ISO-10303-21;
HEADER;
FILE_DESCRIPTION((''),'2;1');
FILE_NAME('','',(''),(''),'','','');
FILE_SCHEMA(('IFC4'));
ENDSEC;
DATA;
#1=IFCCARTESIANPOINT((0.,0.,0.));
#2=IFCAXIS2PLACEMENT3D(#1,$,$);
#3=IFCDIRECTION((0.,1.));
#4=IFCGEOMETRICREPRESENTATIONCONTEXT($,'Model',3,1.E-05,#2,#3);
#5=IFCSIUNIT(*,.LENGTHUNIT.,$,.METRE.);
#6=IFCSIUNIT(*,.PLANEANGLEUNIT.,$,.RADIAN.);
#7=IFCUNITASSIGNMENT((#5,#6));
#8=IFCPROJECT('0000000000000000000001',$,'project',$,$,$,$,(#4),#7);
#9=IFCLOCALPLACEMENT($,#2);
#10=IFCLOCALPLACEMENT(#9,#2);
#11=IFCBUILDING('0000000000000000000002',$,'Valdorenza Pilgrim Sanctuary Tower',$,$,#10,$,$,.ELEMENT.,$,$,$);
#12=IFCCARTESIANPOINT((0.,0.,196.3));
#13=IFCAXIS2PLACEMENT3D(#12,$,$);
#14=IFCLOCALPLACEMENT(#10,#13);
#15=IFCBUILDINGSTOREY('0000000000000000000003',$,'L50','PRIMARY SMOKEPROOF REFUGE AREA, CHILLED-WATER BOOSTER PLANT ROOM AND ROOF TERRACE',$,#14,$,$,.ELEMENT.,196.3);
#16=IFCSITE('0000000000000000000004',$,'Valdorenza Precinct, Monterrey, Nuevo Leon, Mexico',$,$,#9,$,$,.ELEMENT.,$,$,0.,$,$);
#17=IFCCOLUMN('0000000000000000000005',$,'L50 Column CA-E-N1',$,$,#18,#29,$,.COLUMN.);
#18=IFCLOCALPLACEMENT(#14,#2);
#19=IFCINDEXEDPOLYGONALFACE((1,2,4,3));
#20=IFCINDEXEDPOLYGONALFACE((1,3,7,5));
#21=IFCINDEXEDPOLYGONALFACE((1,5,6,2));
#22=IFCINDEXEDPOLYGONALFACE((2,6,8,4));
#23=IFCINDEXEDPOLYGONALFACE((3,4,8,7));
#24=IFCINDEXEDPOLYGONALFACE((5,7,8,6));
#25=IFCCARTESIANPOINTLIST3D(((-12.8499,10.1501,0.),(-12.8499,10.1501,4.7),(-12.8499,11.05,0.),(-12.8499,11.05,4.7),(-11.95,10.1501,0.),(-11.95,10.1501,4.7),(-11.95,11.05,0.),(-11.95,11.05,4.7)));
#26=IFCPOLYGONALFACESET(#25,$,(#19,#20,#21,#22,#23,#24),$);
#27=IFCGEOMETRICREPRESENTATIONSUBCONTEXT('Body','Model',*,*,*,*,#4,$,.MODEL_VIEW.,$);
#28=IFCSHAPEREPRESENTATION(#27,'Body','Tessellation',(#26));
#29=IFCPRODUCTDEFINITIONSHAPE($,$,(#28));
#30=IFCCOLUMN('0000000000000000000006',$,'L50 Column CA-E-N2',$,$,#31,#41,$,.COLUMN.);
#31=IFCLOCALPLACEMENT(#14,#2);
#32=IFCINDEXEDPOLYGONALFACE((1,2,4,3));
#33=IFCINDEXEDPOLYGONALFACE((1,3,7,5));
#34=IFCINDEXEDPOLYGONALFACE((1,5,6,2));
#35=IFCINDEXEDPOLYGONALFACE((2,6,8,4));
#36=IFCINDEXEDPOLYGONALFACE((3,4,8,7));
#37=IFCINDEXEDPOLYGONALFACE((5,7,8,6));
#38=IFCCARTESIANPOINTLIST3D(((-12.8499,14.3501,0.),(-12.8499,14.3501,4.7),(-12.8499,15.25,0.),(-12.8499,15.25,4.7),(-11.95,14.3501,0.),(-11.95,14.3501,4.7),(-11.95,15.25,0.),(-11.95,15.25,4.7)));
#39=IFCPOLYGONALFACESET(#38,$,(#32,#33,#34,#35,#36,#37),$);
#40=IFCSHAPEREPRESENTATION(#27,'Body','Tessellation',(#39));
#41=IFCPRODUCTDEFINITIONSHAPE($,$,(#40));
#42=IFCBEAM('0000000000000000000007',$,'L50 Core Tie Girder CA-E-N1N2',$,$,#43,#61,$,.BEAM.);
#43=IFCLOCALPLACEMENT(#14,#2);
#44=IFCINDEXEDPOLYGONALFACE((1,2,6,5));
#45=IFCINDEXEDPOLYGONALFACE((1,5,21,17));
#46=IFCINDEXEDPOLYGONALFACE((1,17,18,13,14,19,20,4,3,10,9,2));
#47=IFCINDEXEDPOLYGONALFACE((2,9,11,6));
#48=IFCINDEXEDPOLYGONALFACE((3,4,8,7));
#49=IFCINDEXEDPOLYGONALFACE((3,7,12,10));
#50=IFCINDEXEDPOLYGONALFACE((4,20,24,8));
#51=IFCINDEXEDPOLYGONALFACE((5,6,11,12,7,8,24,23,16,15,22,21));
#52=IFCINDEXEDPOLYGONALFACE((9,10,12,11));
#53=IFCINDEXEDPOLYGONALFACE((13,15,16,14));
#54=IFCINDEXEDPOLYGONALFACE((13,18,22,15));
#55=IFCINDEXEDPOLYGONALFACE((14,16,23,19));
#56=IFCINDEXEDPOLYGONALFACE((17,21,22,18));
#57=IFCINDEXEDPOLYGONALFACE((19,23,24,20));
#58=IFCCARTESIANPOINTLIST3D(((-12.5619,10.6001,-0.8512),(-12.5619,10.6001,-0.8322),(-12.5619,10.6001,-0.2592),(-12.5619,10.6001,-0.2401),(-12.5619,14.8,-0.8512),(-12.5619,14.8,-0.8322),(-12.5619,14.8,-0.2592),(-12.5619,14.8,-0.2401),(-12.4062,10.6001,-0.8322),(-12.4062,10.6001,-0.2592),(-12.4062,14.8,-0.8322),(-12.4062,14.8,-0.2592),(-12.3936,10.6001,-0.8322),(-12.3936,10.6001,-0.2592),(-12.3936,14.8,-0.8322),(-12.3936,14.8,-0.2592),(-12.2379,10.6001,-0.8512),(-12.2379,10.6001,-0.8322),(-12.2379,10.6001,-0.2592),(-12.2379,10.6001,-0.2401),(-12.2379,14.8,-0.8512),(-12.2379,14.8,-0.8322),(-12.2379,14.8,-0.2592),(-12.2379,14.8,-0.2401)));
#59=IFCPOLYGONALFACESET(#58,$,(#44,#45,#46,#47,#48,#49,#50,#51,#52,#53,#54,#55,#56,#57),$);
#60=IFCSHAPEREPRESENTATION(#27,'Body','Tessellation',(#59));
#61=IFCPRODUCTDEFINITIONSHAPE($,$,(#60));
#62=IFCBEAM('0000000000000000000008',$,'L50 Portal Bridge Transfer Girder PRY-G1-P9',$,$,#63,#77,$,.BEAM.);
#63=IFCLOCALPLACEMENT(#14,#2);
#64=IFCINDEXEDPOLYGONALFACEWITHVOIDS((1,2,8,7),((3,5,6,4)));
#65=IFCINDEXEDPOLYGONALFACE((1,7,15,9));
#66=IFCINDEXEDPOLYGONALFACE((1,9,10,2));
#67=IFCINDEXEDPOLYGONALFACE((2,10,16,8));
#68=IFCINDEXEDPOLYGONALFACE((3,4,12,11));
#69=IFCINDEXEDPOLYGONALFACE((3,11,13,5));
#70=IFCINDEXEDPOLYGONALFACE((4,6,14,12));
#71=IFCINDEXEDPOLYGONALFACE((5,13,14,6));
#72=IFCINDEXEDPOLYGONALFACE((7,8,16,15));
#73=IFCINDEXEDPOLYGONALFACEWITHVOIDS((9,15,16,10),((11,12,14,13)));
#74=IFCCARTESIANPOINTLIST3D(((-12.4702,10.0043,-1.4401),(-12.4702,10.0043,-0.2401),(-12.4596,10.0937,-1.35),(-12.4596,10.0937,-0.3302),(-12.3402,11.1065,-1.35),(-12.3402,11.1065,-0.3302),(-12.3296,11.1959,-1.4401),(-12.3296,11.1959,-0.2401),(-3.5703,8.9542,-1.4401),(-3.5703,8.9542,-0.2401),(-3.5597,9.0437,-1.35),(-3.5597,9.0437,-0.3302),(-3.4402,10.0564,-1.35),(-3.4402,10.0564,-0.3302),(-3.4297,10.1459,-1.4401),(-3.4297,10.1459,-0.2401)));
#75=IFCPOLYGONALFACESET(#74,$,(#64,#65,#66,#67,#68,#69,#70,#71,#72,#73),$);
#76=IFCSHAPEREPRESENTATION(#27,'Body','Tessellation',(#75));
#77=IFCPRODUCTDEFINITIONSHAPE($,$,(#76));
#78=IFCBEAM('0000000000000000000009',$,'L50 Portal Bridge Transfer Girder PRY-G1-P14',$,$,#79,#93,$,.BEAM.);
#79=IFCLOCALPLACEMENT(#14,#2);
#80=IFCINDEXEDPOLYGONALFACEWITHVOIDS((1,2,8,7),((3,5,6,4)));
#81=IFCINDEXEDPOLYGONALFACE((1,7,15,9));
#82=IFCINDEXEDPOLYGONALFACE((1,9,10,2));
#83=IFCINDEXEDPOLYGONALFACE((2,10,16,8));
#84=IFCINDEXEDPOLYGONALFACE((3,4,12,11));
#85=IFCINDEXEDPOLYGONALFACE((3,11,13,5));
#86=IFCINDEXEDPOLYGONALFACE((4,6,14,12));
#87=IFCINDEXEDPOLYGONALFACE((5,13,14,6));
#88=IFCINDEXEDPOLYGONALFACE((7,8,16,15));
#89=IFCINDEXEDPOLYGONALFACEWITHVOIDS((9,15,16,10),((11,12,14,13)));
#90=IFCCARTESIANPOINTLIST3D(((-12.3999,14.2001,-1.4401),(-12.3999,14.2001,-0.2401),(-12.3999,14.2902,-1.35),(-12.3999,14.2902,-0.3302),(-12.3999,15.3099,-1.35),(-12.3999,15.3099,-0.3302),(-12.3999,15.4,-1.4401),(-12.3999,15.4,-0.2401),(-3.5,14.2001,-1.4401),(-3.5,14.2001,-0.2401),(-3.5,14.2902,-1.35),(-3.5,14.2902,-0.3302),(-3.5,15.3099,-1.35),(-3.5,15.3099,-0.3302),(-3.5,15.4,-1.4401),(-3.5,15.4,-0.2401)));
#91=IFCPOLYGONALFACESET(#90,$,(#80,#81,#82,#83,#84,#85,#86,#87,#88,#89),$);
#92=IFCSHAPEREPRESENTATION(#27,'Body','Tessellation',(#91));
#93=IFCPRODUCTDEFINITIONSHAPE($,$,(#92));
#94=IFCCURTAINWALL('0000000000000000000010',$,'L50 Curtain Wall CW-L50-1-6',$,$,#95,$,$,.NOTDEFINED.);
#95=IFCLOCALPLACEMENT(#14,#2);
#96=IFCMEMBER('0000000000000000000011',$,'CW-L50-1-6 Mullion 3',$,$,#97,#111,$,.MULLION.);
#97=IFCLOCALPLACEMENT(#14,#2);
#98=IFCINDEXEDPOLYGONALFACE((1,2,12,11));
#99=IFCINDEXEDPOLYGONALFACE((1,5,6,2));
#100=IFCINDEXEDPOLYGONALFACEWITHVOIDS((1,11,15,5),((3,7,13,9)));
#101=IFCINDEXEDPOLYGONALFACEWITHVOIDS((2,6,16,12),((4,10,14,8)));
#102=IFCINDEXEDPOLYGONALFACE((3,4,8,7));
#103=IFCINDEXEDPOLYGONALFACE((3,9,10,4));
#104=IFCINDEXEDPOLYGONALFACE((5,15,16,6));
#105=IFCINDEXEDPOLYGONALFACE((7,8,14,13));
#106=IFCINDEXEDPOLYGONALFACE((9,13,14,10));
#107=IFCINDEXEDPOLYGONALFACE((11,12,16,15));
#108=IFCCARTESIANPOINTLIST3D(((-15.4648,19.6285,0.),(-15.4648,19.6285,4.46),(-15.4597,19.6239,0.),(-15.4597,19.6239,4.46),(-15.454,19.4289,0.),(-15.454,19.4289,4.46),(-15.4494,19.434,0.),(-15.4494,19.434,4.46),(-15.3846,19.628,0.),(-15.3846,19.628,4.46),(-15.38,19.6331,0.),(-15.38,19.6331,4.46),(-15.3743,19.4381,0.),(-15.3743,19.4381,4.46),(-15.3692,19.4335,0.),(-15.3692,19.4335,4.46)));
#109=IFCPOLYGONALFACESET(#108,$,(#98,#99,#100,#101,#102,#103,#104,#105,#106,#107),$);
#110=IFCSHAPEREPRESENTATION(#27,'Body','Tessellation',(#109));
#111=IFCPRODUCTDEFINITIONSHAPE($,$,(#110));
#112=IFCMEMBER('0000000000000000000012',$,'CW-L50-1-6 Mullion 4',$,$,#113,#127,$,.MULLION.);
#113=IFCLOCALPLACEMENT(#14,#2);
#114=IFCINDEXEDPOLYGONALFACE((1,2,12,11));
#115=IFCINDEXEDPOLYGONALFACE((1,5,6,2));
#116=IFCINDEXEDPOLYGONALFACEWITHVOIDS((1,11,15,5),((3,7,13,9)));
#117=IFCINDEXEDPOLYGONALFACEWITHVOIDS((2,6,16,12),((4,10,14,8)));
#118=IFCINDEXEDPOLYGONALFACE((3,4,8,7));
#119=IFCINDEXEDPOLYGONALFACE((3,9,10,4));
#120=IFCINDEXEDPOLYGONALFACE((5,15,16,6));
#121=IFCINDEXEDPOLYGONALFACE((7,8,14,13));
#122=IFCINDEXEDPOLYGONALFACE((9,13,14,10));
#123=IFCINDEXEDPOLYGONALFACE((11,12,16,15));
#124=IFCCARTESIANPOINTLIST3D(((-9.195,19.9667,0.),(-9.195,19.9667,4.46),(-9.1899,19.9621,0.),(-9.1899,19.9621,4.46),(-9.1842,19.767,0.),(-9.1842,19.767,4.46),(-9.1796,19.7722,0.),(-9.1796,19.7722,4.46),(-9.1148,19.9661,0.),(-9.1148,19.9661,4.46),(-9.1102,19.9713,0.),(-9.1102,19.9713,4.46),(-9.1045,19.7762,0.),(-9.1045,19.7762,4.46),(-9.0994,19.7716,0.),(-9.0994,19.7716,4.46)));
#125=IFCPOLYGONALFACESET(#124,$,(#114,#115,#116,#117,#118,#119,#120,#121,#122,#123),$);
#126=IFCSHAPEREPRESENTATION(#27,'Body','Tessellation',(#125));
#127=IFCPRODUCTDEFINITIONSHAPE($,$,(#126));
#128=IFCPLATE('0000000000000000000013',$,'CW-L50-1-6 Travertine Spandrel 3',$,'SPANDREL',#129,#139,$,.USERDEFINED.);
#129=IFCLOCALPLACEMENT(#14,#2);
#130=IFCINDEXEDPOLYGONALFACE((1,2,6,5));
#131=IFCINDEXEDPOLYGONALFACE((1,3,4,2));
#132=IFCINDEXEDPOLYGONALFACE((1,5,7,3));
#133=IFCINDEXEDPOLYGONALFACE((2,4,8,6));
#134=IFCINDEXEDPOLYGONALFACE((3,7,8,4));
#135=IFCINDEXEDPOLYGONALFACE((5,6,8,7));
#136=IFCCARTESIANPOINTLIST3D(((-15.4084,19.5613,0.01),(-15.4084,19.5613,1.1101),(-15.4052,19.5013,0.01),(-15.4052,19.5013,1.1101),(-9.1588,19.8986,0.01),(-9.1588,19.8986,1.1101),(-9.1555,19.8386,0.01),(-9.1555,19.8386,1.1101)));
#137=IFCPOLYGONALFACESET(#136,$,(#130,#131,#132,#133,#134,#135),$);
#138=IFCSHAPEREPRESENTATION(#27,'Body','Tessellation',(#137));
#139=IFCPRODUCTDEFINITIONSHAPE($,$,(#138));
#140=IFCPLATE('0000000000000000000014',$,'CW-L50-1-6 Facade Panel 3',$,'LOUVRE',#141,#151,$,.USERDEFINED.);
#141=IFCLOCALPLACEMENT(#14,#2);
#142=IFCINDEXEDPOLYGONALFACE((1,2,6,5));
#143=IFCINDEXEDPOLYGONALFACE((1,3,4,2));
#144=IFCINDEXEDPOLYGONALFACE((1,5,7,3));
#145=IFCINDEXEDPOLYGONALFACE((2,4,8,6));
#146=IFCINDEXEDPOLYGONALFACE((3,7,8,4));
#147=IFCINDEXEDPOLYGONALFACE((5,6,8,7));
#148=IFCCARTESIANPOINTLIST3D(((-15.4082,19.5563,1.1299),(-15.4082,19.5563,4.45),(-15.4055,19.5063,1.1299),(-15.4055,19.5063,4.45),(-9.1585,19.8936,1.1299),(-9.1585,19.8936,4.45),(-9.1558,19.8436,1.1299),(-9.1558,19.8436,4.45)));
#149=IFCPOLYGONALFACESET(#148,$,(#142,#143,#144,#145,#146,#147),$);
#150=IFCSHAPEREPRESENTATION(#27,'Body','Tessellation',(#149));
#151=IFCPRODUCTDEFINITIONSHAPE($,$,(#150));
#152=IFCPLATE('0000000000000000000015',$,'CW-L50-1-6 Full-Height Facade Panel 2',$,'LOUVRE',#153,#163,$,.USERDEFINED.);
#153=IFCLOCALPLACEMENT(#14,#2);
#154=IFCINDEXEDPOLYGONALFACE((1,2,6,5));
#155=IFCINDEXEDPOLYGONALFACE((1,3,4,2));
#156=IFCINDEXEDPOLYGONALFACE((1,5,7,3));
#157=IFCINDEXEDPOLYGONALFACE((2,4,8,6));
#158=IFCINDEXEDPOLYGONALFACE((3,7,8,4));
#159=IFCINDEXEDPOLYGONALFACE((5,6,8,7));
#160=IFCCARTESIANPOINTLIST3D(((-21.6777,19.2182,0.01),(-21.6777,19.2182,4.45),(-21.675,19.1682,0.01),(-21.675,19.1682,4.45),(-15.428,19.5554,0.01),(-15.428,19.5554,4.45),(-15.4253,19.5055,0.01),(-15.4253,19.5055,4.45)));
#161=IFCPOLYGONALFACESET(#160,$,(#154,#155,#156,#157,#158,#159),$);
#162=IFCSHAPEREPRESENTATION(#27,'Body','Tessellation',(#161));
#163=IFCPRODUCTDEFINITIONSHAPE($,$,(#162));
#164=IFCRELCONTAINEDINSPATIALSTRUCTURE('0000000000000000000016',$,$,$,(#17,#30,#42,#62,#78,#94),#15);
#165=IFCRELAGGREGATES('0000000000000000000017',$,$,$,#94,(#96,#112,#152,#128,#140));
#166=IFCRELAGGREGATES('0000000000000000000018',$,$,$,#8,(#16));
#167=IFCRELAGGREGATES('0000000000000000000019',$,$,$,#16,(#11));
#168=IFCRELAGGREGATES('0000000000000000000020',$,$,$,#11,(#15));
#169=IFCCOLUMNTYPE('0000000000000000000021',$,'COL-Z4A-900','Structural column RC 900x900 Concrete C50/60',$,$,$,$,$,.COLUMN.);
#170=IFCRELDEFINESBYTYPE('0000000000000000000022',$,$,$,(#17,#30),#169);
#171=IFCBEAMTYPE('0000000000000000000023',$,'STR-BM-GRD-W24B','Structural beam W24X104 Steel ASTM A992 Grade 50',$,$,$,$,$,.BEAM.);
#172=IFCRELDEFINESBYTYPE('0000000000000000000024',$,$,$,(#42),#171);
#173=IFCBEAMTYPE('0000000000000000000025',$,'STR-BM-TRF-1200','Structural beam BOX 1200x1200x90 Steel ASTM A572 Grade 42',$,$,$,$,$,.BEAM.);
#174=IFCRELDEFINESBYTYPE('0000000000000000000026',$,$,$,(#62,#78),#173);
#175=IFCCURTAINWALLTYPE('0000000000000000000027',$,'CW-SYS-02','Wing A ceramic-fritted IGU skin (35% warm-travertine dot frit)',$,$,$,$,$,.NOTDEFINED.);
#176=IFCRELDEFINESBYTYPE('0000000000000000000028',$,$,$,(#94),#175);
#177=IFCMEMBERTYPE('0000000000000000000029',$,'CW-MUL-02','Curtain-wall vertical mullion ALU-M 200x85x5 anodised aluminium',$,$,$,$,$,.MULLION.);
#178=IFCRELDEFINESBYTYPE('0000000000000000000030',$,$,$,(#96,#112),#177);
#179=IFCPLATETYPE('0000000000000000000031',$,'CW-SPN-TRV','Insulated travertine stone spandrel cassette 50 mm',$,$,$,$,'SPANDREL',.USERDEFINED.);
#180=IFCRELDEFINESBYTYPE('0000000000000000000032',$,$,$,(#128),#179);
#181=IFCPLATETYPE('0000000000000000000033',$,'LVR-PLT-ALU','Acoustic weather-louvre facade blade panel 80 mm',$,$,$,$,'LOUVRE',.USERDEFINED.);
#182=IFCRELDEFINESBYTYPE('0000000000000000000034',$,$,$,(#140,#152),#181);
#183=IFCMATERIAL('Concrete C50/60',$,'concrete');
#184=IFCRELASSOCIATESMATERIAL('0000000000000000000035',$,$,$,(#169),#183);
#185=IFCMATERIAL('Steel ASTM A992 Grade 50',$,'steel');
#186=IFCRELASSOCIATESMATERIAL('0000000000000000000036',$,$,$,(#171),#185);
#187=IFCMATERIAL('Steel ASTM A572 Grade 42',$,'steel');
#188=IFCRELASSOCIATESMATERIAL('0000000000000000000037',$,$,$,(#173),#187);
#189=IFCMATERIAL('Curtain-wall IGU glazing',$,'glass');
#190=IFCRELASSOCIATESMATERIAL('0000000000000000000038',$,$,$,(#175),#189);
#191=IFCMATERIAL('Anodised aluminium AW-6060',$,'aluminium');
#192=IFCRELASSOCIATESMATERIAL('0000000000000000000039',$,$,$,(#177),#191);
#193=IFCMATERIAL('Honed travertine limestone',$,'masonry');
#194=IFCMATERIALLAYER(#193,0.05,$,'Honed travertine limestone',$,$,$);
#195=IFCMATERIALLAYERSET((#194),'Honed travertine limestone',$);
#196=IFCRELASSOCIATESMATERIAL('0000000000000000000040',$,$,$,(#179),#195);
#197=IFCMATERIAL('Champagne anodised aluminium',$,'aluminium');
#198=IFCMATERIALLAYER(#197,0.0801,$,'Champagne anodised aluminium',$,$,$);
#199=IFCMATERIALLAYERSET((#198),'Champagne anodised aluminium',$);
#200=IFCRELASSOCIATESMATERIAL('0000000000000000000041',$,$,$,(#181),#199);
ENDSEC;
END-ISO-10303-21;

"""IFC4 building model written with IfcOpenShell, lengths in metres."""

from ifc_helpers import new_model, si_unit, direction, frame, origin, origin_2d, place, context, subcontext, project, spatial, rectangle, hollow_rectangle, i_section, extrude, source, transform, mapped, material, layer, layer_set, material_profile, profile_set, type_object, element, aggregate, save


model = new_model("IFC4")

# Units and contexts
model_context = context("Model", 3, precision=1e-05, world=origin(), true_north=direction((0.0, 1.0)))
body_context = subcontext(model_context, "Body", "Model", "MODEL_VIEW")
ifc_project = project(units=[si_unit("LENGTHUNIT", "METRE"), si_unit("PLANEANGLEUNIT", "RADIAN")], contexts=[model_context])

# Site, building, storey
site_placement = place(None, origin())
site = spatial("IfcSite", under=ifc_project, at=site_placement, Name="Valdorenza Precinct, Monterrey, Nuevo Leon, Mexico", CompositionType="ELEMENT", RefElevation=0.0)
building_placement = place(site_placement, origin())
building = spatial("IfcBuilding", under=site, at=building_placement, Name="Valdorenza Pilgrim Sanctuary Tower", CompositionType="ELEMENT")
storey_placement = place(building_placement, frame((0.0, 0.0, 196.3)))
storey = spatial("IfcBuildingStorey", under=building, at=storey_placement, Name="L50", Description="PRIMARY SMOKEPROOF REFUGE AREA, CHILLED-WATER BOOSTER PLANT ROOM AND ROOF TERRACE", CompositionType="ELEMENT", Elevation=196.3)

# Columns
ifc_material_1 = material(Name="Concrete C50/60", Category="concrete")
ifc_material_profile_1 = material_profile(ifc_material_1, rectangle(XDim=0.8999, YDim=0.8999, at=origin_2d()), Name="RC 900x900")
ifc_profile_set_1 = profile_set([ifc_material_profile_1], Name="Concrete C50/60")
column_type = type_object("IfcColumnType", Name="COL-Z4A-900", Description="Structural column RC 900x900 Concrete C50/60", PredefinedType="COLUMN", material=ifc_profile_set_1)
shared_shape_1 = source(origin(), body_context, "Body", "SweptSolid", [
    extrude(rectangle(XDim=0.8999, YDim=0.8999, at=origin_2d()), origin(), (0.0, 0.0, 1.0), 4.7),
])
for number, where, z_axis, x_axis, name in (
    (1, (-12.3999, 10.6001, 0.0), (0.0, 0.0, 1.0), (1.0, 0.0, 0.0), "L50 Column CA-E-N1"),
    (2, (-12.3999, 14.8, 0.0), (0.0, 0.0, 1.0), (1.0, 0.0, 0.0), "L50 Column CA-E-N2"),
):
    element("IfcColumn", number, at=place(storey_placement, frame(where, z_axis=z_axis, x_axis=x_axis)), inside=storey, type_object=column_type, Name=name, PredefinedType="COLUMN", context=body_context, shape_type="MappedRepresentation", body=[
        mapped(shared_shape_1, transform((0.0, 0.0, 0.0), x_axis=(1.0, 0.0, 0.0), y_axis=(0.0, 1.0, 0.0), z_axis=(0.0, 0.0, 1.0), scale=1.0)),
    ])

# Beams
ifc_material_2 = material(Name="Steel ASTM A992 Grade 50", Category="steel")
ifc_material_profile_2 = material_profile(ifc_material_2, i_section(OverallWidth=0.324, OverallDepth=0.6111, WebThickness=0.0127, FlangeThickness=0.019, at=origin_2d()), Name="W24X104")
ifc_profile_set_2 = profile_set([ifc_material_profile_2], Name="Steel ASTM A992 Grade 50")
beam_type_1 = type_object("IfcBeamType", Name="STR-BM-GRD-W24B", Description="Structural beam W24X104 Steel ASTM A992 Grade 50", PredefinedType="BEAM", material=ifc_profile_set_2)
shared_shape_2 = source(origin(), body_context, "Body", "SweptSolid", [
    extrude(i_section(OverallWidth=0.324, OverallDepth=0.6111, WebThickness=0.0127, FlangeThickness=0.019, at=origin_2d()), origin(), (0.0, 0.0, 1.0), 4.2),
])
beam_1_placement = place(storey_placement, frame((-12.3999, 10.6001, -0.5457), z_axis=(0.0, 1.0, 0.0), x_axis=(-1.0, 0.0, 0.0)))
element("IfcBeam", 3, at=beam_1_placement, inside=storey, type_object=beam_type_1, Name="L50 Core Tie Girder CA-E-N1N2", PredefinedType="BEAM", context=body_context, shape_type="MappedRepresentation", body=[
    mapped(shared_shape_2, transform((0.0, 0.0, 0.0), x_axis=(1.0, 0.0, 0.0), y_axis=(0.0, 1.0, 0.0), z_axis=(0.0, 0.0, 1.0), scale=1.0)),
])
ifc_material_3 = material(Name="Steel ASTM A572 Grade 42", Category="steel")
ifc_material_profile_3 = material_profile(ifc_material_3, hollow_rectangle(XDim=1.2, YDim=1.2, WallThickness=0.0901, at=origin_2d()), Name="BOX 1200x1200x90")
ifc_profile_set_3 = profile_set([ifc_material_profile_3], Name="Steel ASTM A572 Grade 42")
beam_type_2 = type_object("IfcBeamType", Name="STR-BM-TRF-1200", Description="Structural beam BOX 1200x1200x90 Steel ASTM A572 Grade 42", PredefinedType="BEAM", material=ifc_profile_set_3)
shared_shape_3 = source(origin(), body_context, "Body", "SweptSolid", [
    extrude(hollow_rectangle(XDim=1.2, YDim=1.2, WallThickness=0.0901, at=origin_2d()), origin(), (0.0, 0.0, 1.0), 8.9617),
])
beam_2_placement = place(storey_placement, frame((-12.3999, 10.6001, -0.8401), z_axis=(0.993112, -0.117172, 0.0), x_axis=(0.117172, 0.993112, 0.0)))
element("IfcBeam", 4, at=beam_2_placement, inside=storey, type_object=beam_type_2, Name="L50 Portal Bridge Transfer Girder PRY-G1-P9", PredefinedType="BEAM", context=body_context, shape_type="MappedRepresentation", body=[
    mapped(shared_shape_3, transform((0.0, 0.0, 0.0), x_axis=(1.0, 0.0, 0.0), y_axis=(0.0, 1.0, 0.0), z_axis=(0.0, 0.0, 1.0), scale=1.0)),
])
shared_shape_4 = source(origin(), body_context, "Body", "SweptSolid", [
    extrude(hollow_rectangle(XDim=1.2, YDim=1.2, WallThickness=0.0901, at=origin_2d()), origin(), (0.0, 0.0, 1.0), 8.8999),
])
beam_3_placement = place(storey_placement, frame((-12.3999, 14.8, -0.8401), z_axis=(1.0, 0.0, 0.0), x_axis=(0.0, 1.0, 0.0)))
element("IfcBeam", 5, at=beam_3_placement, inside=storey, type_object=beam_type_2, Name="L50 Portal Bridge Transfer Girder PRY-G1-P14", PredefinedType="BEAM", context=body_context, shape_type="MappedRepresentation", body=[
    mapped(shared_shape_4, transform((0.0, 0.0, 0.0), x_axis=(1.0, 0.0, 0.0), y_axis=(0.0, 1.0, 0.0), z_axis=(0.0, 0.0, 1.0), scale=1.0)),
])

# Curtain wall, members, plates
ifc_material_4 = material(Name="Curtain-wall IGU glazing", Category="glass")
curtain_wall_type = type_object("IfcCurtainWallType", Name="CW-SYS-02", Description="Wing A ceramic-fritted IGU skin (35% warm-travertine dot frit)", PredefinedType="NOTDEFINED", material=ifc_material_4)
curtain_wall_placement = place(storey_placement, origin())
curtain_wall = element("IfcCurtainWall", 6, at=curtain_wall_placement, inside=storey, type_object=curtain_wall_type, Name="L50 Curtain Wall CW-L50-1-6", PredefinedType="NOTDEFINED")
ifc_material_5 = material(Name="Anodised aluminium AW-6060", Category="aluminium")
ifc_material_profile_4 = material_profile(ifc_material_5, hollow_rectangle(XDim=0.085, YDim=0.2, WallThickness=0.0049, at=origin_2d()), Name="ALU-M 200x85x5")
ifc_profile_set_4 = profile_set([ifc_material_profile_4], Name="Anodised aluminium AW-6060")
member_type = type_object("IfcMemberType", Name="CW-MUL-02", Description="Curtain-wall vertical mullion ALU-M 200x85x5 anodised aluminium", PredefinedType="MULLION", material=ifc_profile_set_4)
shared_shape_5 = source(origin(), body_context, "Body", "SweptSolid", [
    extrude(hollow_rectangle(XDim=0.085, YDim=0.2, WallThickness=0.0049, at=origin_2d()), origin(), (0.0, 0.0, 1.0), 4.46),
])
member_1_placement = place(storey_placement, frame((-15.417, 19.531, 0.0), z_axis=(0.0, 0.0, 1.0), x_axis=(0.998547, 0.053887, 0.0)))
member_1 = element("IfcMember", 7, at=member_1_placement, type_object=member_type, Name="CW-L50-1-6 Mullion 3", PredefinedType="MULLION", context=body_context, shape_type="MappedRepresentation", body=[
    mapped(shared_shape_5, transform((0.0, 0.0, 0.0), x_axis=(1.0, 0.0, 0.0), y_axis=(0.0, 1.0, 0.0), z_axis=(0.0, 0.0, 1.0), scale=1.0)),
])
member_2_placement = place(storey_placement, frame((-9.1472, 19.8691, 0.0), z_axis=(0.0, 0.0, 1.0), x_axis=(0.998547, 0.053887, 0.0)))
member_2 = element("IfcMember", 8, at=member_2_placement, type_object=member_type, Name="CW-L50-1-6 Mullion 4", PredefinedType="MULLION", context=body_context, shape_type="MappedRepresentation", body=[
    mapped(shared_shape_5, transform((0.0, 0.0, 0.0), x_axis=(1.0, 0.0, 0.0), y_axis=(0.0, 1.0, 0.0), z_axis=(0.0, 0.0, 1.0), scale=1.0)),
])
ifc_material_6 = material(Name="Honed travertine limestone", Category="masonry")
ifc_layer_1 = layer(ifc_material_6, 0.05, Name="Honed travertine limestone")
ifc_layer_set_1 = layer_set([ifc_layer_1], Name="Honed travertine limestone")
plate_type_1 = type_object("IfcPlateType", Name="CW-SPN-TRV", Description="Insulated travertine stone spandrel cassette 50 mm", ElementType="SPANDREL", PredefinedType="USERDEFINED", material=ifc_layer_set_1)
shared_shape_6 = source(origin(), body_context, "Body", "SweptSolid", [
    extrude(rectangle(XDim=6.2588, YDim=0.0601, at=origin_2d()), origin(), (0.0, 0.0, 1.0), 1.1001),
])
plate_1_placement = place(storey_placement, frame((-12.282, 19.7, 0.01), z_axis=(0.0, 0.0, 1.0), x_axis=(0.998547, 0.053887, 0.0)))
plate_1 = element("IfcPlate", 9, at=plate_1_placement, type_object=plate_type_1, Name="CW-L50-1-6 Travertine Spandrel 3", ObjectType="SPANDREL", PredefinedType="USERDEFINED", context=body_context, shape_type="MappedRepresentation", body=[
    mapped(shared_shape_6, transform((0.0, 0.0, 0.0), x_axis=(1.0, 0.0, 0.0), y_axis=(0.0, 1.0, 0.0), z_axis=(0.0, 0.0, 1.0), scale=1.0)),
])
ifc_material_7 = material(Name="Champagne anodised aluminium", Category="aluminium")
ifc_layer_2 = layer(ifc_material_7, 0.0801, Name="Champagne anodised aluminium")
ifc_layer_set_2 = layer_set([ifc_layer_2], Name="Champagne anodised aluminium")
plate_type_2 = type_object("IfcPlateType", Name="LVR-PLT-ALU", Description="Acoustic weather-louvre facade blade panel 80 mm", ElementType="LOUVRE", PredefinedType="USERDEFINED", material=ifc_layer_set_2)
shared_shape_7 = source(origin(), body_context, "Body", "SweptSolid", [
    extrude(rectangle(XDim=6.2588, YDim=0.05, at=origin_2d()), origin(), (0.0, 0.0, 1.0), 3.3201),
])
plate_2_placement = place(storey_placement, frame((-12.282, 19.7, 1.1299), z_axis=(0.0, 0.0, 1.0), x_axis=(0.998547, 0.053887, 0.0)))
plate_2 = element("IfcPlate", 10, at=plate_2_placement, type_object=plate_type_2, Name="CW-L50-1-6 Facade Panel 3", ObjectType="LOUVRE", PredefinedType="USERDEFINED", context=body_context, shape_type="MappedRepresentation", body=[
    mapped(shared_shape_7, transform((0.0, 0.0, 0.0), x_axis=(1.0, 0.0, 0.0), y_axis=(0.0, 1.0, 0.0), z_axis=(0.0, 0.0, 1.0), scale=1.0)),
])
shared_shape_8 = source(origin(), body_context, "Body", "SweptSolid", [
    extrude(rectangle(XDim=6.2588, YDim=0.05, at=origin_2d()), origin(), (0.0, 0.0, 1.0), 4.4399),
])
plate_3_placement = place(storey_placement, frame((-18.5515, 19.3618, 0.01), z_axis=(0.0, 0.0, 1.0), x_axis=(0.998547, 0.053887, 0.0)))
plate_3 = element("IfcPlate", 11, at=plate_3_placement, type_object=plate_type_2, Name="CW-L50-1-6 Full-Height Facade Panel 2", ObjectType="LOUVRE", PredefinedType="USERDEFINED", context=body_context, shape_type="MappedRepresentation", body=[
    mapped(shared_shape_8, transform((0.0, 0.0, 0.0), x_axis=(1.0, 0.0, 0.0), y_axis=(0.0, 1.0, 0.0), z_axis=(0.0, 0.0, 1.0), scale=1.0)),
])
aggregate(curtain_wall, [member_1, member_2, plate_3, plate_1, plate_2])

save(model, "model.ifc")
